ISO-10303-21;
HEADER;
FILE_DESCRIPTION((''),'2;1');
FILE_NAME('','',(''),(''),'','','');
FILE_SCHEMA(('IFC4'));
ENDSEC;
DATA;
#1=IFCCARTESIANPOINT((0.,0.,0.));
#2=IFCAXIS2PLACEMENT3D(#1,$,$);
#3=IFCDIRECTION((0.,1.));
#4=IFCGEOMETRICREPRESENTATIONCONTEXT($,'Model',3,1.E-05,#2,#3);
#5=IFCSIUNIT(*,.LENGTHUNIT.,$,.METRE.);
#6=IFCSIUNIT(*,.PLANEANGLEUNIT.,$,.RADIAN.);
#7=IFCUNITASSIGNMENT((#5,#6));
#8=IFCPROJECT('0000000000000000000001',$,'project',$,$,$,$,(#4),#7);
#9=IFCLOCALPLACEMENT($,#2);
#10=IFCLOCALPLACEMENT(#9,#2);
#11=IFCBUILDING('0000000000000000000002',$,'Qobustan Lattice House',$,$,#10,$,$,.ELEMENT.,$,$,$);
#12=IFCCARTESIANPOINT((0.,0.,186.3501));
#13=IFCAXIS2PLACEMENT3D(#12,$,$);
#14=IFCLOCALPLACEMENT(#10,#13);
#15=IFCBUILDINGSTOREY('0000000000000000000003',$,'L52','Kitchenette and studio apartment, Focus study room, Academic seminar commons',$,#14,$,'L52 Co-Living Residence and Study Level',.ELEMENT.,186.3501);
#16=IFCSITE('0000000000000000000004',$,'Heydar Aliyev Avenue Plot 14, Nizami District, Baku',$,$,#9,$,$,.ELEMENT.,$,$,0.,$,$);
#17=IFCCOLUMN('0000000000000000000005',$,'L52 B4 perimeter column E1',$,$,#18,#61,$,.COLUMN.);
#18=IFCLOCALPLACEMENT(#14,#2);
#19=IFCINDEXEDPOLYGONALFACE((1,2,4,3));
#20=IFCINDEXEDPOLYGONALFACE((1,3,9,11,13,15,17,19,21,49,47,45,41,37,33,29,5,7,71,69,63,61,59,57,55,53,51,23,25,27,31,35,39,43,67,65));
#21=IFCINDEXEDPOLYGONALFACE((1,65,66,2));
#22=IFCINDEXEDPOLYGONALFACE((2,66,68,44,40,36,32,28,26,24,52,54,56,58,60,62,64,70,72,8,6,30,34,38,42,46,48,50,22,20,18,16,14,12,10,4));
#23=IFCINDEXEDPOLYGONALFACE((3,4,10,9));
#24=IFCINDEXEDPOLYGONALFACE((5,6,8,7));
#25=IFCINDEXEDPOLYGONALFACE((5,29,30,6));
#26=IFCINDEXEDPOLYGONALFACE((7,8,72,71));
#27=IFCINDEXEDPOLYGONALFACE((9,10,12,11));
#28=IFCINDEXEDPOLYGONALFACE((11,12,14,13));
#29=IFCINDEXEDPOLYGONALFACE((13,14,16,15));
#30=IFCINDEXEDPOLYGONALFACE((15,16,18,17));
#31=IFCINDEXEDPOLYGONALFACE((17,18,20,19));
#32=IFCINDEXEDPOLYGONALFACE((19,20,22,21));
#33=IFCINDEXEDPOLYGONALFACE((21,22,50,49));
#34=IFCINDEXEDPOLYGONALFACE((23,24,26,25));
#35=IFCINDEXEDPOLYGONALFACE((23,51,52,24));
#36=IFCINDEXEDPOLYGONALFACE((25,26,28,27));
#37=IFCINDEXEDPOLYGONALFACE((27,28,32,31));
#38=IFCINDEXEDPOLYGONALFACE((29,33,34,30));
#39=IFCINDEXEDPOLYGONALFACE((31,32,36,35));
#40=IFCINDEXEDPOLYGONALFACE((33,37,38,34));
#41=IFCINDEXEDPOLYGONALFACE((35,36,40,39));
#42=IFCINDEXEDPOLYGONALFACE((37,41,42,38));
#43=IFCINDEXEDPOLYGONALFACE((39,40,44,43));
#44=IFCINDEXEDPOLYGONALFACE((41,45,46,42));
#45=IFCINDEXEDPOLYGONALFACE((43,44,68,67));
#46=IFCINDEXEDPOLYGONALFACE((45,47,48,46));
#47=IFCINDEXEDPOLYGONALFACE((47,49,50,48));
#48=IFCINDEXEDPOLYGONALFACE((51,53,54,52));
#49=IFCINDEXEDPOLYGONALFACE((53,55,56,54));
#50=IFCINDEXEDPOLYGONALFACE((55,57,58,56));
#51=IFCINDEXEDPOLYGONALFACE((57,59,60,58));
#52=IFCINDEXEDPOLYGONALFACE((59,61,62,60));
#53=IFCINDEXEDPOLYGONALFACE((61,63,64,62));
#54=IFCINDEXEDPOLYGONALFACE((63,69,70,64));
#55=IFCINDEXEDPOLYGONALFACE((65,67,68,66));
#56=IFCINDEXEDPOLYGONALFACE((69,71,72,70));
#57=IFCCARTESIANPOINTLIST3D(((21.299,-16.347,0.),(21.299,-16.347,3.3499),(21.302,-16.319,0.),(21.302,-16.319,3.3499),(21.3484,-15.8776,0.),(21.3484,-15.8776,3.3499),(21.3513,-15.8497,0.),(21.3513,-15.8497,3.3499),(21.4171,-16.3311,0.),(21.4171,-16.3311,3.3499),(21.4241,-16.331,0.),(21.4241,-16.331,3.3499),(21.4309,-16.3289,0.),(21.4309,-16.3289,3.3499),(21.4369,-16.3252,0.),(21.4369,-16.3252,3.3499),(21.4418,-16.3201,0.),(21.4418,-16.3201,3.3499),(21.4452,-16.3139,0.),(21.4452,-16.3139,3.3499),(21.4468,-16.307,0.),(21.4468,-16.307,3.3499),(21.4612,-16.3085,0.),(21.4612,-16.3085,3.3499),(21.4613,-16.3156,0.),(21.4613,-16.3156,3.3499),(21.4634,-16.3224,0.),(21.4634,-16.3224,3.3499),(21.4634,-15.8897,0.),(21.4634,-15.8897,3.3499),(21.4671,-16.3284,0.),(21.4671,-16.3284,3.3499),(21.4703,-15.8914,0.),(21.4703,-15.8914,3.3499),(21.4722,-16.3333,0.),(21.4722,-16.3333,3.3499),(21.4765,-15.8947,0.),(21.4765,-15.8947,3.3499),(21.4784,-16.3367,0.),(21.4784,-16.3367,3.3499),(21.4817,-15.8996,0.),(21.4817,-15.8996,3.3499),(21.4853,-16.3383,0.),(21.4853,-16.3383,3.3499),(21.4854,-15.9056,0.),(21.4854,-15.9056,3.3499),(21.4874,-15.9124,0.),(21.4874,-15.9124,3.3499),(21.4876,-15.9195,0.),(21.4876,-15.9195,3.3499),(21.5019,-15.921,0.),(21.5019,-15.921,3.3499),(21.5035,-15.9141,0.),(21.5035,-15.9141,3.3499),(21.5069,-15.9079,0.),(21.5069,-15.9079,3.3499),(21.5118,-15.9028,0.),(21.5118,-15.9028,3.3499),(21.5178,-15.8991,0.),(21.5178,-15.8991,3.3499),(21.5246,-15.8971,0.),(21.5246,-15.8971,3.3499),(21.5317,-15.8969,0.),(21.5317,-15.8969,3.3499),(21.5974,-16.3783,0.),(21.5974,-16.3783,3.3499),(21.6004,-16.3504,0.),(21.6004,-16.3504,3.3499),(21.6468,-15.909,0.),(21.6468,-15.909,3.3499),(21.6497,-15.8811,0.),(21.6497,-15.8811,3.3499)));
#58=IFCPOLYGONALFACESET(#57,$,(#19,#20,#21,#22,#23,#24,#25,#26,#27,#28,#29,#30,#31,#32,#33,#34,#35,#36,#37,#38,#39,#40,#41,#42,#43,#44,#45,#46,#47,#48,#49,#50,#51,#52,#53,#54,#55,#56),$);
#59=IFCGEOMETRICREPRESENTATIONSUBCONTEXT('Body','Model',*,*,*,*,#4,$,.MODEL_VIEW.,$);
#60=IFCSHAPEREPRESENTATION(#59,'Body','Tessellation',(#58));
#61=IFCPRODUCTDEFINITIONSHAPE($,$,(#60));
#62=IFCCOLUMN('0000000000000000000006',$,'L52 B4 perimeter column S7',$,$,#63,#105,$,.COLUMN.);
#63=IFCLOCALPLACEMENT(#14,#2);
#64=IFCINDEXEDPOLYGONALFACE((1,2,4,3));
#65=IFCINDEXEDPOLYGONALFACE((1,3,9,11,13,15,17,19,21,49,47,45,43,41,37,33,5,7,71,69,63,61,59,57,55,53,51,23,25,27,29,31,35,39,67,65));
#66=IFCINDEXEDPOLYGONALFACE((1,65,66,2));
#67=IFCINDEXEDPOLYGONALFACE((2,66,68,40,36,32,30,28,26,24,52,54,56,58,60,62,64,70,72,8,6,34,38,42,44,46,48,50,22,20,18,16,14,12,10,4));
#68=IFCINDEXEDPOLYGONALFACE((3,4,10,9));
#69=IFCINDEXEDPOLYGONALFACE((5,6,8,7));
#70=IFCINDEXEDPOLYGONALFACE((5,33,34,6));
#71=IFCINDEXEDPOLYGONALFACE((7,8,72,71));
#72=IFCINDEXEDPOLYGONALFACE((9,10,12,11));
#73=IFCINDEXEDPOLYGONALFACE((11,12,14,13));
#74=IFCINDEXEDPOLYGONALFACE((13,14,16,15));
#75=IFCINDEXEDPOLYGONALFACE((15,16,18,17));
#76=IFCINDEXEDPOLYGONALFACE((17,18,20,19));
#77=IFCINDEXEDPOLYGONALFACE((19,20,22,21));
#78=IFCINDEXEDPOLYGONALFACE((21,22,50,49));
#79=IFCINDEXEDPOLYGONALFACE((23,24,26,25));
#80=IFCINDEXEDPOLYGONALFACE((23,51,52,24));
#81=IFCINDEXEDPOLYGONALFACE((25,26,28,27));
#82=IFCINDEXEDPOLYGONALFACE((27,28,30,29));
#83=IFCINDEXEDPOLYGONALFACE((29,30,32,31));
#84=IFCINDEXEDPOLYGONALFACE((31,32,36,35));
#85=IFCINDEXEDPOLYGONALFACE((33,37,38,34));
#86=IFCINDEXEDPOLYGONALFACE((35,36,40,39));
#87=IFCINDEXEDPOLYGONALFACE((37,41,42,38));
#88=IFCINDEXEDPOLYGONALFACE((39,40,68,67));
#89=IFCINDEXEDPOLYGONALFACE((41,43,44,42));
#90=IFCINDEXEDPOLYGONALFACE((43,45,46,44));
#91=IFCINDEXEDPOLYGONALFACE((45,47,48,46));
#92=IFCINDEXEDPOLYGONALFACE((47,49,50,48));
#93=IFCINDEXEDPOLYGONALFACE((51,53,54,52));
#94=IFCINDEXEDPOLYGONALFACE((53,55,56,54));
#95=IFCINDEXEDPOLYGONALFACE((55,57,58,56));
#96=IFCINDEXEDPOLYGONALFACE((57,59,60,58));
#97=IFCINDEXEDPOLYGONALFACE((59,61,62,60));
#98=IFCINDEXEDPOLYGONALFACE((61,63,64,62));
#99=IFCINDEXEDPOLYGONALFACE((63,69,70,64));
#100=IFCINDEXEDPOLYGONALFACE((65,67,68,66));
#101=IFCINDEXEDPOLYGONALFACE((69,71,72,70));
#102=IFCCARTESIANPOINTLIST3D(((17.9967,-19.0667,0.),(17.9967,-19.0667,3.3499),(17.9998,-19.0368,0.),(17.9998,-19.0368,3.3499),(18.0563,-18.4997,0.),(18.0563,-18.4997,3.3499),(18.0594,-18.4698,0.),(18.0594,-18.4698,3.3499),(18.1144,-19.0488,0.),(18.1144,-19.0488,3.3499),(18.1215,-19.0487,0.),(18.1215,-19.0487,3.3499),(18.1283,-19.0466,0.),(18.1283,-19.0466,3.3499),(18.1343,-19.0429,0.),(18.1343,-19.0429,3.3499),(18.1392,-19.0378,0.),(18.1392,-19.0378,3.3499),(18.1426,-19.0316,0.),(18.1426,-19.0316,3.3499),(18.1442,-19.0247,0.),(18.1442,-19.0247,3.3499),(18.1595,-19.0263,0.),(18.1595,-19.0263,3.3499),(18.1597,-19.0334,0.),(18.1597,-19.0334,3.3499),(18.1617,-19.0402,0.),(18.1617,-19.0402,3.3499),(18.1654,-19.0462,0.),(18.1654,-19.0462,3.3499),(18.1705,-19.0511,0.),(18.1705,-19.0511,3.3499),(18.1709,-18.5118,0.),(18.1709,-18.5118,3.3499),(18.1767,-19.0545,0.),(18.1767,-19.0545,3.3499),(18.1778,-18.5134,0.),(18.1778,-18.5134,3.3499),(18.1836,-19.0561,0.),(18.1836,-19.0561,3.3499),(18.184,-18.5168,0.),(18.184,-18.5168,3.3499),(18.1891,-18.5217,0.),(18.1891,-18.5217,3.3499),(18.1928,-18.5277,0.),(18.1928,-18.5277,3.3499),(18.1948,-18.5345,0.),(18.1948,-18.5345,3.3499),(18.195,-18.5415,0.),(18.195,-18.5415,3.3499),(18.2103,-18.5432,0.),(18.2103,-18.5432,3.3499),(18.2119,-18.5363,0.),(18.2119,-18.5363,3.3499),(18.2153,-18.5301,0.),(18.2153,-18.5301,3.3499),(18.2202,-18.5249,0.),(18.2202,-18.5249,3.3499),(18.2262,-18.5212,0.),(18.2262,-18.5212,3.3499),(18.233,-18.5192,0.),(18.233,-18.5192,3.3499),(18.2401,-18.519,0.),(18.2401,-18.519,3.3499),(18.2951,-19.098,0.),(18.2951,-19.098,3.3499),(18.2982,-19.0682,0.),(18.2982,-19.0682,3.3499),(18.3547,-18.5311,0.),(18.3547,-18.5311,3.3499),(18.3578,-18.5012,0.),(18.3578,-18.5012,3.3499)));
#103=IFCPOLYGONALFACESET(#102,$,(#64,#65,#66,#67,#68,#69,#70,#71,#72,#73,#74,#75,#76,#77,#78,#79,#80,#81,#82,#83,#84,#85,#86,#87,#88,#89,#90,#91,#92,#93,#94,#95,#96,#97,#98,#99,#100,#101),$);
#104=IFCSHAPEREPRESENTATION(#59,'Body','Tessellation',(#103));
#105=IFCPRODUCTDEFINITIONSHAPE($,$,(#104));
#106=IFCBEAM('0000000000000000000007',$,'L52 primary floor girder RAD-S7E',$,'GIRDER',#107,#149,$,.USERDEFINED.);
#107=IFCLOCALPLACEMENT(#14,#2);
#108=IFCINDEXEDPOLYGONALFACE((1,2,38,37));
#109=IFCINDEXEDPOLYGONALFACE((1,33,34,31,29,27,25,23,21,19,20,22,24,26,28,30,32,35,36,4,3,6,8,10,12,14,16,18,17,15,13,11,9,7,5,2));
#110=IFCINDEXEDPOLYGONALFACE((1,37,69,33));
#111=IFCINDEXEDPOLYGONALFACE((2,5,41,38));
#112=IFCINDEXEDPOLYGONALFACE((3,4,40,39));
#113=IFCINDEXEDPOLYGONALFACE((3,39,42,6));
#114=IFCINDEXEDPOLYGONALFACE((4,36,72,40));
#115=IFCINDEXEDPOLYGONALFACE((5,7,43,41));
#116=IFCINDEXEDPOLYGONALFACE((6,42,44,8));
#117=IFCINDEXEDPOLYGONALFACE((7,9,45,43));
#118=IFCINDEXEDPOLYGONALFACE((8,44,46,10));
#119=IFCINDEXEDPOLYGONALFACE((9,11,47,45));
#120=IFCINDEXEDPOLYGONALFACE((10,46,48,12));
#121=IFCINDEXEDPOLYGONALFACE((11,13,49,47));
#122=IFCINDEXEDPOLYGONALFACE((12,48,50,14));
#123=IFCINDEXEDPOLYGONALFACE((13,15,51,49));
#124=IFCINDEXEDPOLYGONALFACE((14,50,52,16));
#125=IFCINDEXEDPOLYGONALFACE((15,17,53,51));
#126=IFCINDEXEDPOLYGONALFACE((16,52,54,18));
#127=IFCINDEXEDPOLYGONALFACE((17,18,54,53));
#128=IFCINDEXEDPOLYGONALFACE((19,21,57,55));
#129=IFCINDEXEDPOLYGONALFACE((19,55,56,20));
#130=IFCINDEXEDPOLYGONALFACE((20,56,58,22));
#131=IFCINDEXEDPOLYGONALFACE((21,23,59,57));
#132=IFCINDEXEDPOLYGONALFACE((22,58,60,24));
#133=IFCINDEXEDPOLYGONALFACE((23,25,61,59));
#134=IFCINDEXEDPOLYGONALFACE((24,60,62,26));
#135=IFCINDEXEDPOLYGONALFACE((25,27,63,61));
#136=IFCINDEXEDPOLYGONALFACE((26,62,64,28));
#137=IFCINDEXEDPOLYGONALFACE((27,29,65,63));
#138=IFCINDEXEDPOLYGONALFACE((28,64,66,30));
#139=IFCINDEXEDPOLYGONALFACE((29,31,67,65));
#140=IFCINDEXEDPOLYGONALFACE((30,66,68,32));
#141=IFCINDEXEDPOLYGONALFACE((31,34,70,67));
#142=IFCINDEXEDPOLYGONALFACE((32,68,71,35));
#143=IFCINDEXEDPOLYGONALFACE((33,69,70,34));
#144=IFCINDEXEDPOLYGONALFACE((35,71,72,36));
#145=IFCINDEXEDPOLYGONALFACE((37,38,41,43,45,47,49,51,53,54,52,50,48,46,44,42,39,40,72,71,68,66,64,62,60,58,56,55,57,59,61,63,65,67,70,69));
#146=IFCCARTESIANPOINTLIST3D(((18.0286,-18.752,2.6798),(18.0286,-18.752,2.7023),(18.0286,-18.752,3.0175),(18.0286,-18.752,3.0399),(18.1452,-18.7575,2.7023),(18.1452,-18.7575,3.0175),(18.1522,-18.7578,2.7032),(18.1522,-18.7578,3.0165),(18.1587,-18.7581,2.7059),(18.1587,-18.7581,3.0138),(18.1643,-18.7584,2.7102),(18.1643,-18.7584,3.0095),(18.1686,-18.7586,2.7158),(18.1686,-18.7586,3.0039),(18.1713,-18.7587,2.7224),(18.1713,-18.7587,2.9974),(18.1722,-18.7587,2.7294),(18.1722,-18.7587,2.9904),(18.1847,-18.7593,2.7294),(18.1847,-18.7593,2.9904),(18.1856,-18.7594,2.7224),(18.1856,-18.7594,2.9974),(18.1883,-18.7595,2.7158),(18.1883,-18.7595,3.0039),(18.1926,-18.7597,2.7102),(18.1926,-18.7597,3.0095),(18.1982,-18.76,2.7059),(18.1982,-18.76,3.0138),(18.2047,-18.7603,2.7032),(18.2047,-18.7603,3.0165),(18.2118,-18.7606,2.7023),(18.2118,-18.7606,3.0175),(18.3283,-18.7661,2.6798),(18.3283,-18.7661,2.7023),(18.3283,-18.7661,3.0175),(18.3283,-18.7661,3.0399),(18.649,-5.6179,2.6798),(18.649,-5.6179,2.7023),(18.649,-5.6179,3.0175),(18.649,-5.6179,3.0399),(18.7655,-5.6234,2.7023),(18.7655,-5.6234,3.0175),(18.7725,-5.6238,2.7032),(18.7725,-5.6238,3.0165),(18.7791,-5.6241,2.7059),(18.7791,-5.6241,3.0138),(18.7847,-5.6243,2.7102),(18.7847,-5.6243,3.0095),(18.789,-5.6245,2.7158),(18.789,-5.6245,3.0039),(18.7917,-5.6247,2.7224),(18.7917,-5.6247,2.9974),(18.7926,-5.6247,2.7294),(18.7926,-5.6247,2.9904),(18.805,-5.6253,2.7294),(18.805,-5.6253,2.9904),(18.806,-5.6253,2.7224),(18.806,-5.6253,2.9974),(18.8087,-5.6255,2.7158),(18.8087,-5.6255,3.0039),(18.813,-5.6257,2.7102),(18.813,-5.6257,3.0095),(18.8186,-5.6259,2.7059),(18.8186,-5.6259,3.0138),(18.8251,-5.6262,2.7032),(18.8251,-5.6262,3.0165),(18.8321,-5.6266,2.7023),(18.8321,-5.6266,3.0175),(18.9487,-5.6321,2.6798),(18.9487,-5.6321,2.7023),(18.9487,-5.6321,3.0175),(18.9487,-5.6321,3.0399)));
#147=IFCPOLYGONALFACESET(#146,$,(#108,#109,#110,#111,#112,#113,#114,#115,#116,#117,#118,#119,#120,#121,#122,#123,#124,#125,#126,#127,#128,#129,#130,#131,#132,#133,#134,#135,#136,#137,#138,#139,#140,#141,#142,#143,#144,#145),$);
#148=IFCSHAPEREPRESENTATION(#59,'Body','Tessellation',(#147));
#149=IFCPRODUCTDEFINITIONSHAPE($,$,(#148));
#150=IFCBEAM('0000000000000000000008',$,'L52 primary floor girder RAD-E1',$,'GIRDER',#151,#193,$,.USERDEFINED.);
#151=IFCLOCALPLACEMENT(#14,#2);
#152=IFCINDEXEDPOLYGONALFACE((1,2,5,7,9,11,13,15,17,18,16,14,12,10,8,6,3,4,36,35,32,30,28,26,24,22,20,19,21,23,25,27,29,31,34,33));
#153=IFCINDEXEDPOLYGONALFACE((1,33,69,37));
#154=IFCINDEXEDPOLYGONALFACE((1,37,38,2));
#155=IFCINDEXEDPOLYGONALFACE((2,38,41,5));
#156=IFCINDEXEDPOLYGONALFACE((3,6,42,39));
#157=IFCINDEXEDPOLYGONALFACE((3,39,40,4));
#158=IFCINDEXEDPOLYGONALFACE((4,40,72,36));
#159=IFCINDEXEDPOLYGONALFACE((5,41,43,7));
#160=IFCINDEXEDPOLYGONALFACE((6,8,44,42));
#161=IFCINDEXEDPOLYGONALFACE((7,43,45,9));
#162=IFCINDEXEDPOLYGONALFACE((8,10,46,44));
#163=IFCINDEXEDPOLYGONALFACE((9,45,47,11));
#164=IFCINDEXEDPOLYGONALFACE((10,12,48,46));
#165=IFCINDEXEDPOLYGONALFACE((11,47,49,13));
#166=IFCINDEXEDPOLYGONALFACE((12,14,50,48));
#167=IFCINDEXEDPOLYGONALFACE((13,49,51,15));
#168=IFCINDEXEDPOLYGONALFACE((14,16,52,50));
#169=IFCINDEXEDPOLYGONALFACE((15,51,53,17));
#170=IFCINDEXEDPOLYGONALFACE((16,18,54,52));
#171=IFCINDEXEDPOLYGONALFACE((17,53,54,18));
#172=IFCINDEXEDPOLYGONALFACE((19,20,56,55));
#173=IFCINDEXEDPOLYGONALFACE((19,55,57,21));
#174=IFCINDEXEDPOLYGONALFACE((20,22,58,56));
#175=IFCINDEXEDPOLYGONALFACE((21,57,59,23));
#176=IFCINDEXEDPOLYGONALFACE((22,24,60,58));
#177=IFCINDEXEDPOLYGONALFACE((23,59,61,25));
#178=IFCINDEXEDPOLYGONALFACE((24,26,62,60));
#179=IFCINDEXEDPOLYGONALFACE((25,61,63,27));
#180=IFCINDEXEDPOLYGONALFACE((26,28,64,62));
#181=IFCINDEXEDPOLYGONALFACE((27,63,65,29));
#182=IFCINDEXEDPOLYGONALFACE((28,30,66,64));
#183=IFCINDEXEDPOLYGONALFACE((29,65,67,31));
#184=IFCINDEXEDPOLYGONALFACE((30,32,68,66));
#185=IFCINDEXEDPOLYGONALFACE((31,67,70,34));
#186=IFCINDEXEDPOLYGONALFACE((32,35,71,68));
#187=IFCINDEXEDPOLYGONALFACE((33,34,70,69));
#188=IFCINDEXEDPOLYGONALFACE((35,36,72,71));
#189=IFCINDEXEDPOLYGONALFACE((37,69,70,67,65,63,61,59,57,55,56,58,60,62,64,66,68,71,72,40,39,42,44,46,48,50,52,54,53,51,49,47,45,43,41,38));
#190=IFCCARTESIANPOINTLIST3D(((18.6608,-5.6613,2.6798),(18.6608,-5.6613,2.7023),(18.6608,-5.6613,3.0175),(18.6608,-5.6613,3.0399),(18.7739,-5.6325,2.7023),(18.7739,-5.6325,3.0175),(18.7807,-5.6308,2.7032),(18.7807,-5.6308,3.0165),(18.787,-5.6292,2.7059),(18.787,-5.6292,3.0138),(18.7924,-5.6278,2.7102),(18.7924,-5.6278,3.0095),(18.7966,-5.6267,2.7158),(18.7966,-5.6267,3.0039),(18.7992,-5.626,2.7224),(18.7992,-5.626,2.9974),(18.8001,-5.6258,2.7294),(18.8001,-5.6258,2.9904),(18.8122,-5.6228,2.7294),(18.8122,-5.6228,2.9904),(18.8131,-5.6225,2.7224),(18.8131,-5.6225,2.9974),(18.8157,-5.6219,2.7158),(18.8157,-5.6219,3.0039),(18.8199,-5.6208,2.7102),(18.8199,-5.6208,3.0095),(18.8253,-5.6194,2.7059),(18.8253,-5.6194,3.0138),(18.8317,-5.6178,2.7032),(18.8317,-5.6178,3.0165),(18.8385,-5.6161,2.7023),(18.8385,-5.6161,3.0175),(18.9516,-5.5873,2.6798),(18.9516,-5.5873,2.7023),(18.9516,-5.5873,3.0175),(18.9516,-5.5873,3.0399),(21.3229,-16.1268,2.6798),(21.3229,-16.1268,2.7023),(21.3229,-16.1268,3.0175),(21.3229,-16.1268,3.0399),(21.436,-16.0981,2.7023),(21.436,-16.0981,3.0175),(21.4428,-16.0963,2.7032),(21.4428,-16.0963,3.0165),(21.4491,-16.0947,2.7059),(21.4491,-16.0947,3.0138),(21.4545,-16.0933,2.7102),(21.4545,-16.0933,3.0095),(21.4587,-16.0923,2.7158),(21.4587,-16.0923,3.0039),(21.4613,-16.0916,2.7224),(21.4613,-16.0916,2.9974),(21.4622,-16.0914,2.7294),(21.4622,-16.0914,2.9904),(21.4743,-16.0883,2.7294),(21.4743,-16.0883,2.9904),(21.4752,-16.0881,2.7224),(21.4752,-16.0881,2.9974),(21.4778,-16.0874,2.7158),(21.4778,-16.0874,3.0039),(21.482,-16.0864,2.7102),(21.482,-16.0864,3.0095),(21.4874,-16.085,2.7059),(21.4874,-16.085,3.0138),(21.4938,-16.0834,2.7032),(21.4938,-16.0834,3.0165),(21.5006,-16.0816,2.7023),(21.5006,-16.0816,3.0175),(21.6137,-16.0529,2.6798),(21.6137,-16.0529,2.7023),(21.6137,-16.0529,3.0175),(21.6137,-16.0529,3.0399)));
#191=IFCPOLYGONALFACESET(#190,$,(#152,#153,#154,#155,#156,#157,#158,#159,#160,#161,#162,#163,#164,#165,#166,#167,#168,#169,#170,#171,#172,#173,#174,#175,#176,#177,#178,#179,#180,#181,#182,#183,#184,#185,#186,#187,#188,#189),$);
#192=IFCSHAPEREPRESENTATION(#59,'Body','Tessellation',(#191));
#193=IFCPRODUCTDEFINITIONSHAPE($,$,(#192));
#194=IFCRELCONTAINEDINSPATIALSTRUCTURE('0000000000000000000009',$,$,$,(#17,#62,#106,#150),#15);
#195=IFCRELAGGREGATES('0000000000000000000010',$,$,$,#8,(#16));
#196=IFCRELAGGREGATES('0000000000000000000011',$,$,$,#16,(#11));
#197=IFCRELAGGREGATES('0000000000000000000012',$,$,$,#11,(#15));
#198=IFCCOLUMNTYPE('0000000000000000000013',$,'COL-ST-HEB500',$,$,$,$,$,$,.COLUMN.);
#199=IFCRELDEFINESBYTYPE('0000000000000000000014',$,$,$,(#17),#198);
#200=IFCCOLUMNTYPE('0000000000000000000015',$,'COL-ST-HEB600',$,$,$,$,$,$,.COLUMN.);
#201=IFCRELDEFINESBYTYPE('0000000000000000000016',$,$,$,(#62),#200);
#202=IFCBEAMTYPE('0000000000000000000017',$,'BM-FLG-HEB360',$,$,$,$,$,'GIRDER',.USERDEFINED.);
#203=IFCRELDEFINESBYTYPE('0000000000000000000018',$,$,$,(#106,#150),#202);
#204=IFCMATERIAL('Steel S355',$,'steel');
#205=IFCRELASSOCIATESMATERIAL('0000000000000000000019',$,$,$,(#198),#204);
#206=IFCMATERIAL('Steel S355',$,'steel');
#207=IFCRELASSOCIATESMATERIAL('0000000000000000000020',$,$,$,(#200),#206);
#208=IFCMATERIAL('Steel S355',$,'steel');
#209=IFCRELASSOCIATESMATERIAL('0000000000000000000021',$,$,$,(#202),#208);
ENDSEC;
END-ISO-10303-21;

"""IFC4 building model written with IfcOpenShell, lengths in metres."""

from ifc_helpers import new_model, si_unit, direction, frame, origin, origin_2d, place, context, subcontext, project, spatial, i_section, extrude, material, material_profile, profile_set, type_object, element, save


model = new_model("IFC4")

# Units and contexts
model_context = context("Model", 3, precision=1e-05, world=origin(), true_north=direction((0.0, 1.0)))
body_context = subcontext(model_context, "Body", "Model", "MODEL_VIEW")
ifc_project = project(units=[si_unit("LENGTHUNIT", "METRE"), si_unit("PLANEANGLEUNIT", "RADIAN")], contexts=[model_context])

# Site, building, storey
site_placement = place(None, origin())
site = spatial("IfcSite", under=ifc_project, at=site_placement, Name="Heydar Aliyev Avenue Plot 14, Nizami District, Baku", CompositionType="ELEMENT", RefElevation=0.0)
building_placement = place(site_placement, origin())
building = spatial("IfcBuilding", under=site, at=building_placement, Name="Qobustan Lattice House", CompositionType="ELEMENT")
storey_placement = place(building_placement, frame((0.0, 0.0, 186.3501)))
storey = spatial("IfcBuildingStorey", under=building, at=storey_placement, Name="L52", Description="Kitchenette and studio apartment, Focus study room, Academic seminar commons", LongName="L52 Co-Living Residence and Study Level", CompositionType="ELEMENT", Elevation=186.3501)

# Columns
ifc_material_1 = material(Name="Steel S355", Category="steel")
ifc_material_profile_1 = material_profile(ifc_material_1, i_section(OverallWidth=0.3, OverallDepth=0.5, WebThickness=0.0144, FlangeThickness=0.0281, FilletRadius=0.0271, at=origin_2d()), Name="HEB500")
ifc_profile_set_1 = profile_set([ifc_material_profile_1], Name="Steel S355")
column_type_1 = type_object("IfcColumnType", Name="COL-ST-HEB500", PredefinedType="COLUMN", material=ifc_profile_set_1)
column_1_placement = place(storey_placement, frame((21.4744, -16.114, 0.0), z_axis=(0.0, 0.0, 1.0), x_axis=(0.994522, -0.104528, 0.0)))
element("IfcColumn", 1, at=column_1_placement, inside=storey, type_object=column_type_1, Name="L52 B4 perimeter column E1", PredefinedType="COLUMN", context=body_context, shape_type="SweptSolid", body=[
    extrude(i_section(OverallWidth=0.3, OverallDepth=0.5, WebThickness=0.0144, FlangeThickness=0.0281, FilletRadius=0.0271, at=origin_2d()), origin(), (0.0, 0.0, 1.0), 3.3499),
])
ifc_material_2 = material(Name="Steel S355", Category="steel")
ifc_material_profile_2 = material_profile(ifc_material_2, i_section(OverallWidth=0.3, OverallDepth=0.6001, WebThickness=0.0154, FlangeThickness=0.03, FilletRadius=0.0271, at=origin_2d()), Name="HEB600")
ifc_profile_set_2 = profile_set([ifc_material_profile_2], Name="Steel S355")
column_type_2 = type_object("IfcColumnType", Name="COL-ST-HEB600", PredefinedType="COLUMN", material=ifc_profile_set_2)
column_2_placement = place(storey_placement, frame((18.1772, -18.7839, 0.0), z_axis=(0.0, 0.0, 1.0), x_axis=(0.994522, -0.104528, 0.0)))
element("IfcColumn", 2, at=column_2_placement, inside=storey, type_object=column_type_2, Name="L52 B4 perimeter column S7", PredefinedType="COLUMN", context=body_context, shape_type="SweptSolid", body=[
    extrude(i_section(OverallWidth=0.3, OverallDepth=0.6001, WebThickness=0.0154, FlangeThickness=0.03, FilletRadius=0.0271, at=origin_2d()), origin(), (0.0, 0.0, 1.0), 3.3499),
])

# Beams
ifc_material_3 = material(Name="Steel S355", Category="steel")
ifc_material_profile_3 = material_profile(ifc_material_3, i_section(OverallWidth=0.3, OverallDepth=0.3601, WebThickness=0.0125, FlangeThickness=0.0225, FilletRadius=0.0271, at=origin_2d()), Name="HEB360")
ifc_profile_set_3 = profile_set([ifc_material_profile_3], Name="Steel S355")
beam_type_1 = type_object("IfcBeamType", Name="BM-FLG-HEB360", ElementType="GIRDER", PredefinedType="USERDEFINED", material=ifc_profile_set_3)
beam_1_placement = place(storey_placement, frame((18.1785, -18.759, 2.8599), z_axis=(0.047181, 0.998886, 0.0), x_axis=(-0.998886, 0.047181, 0.0)))
element("IfcBeam", 3, at=beam_1_placement, inside=storey, type_object=beam_type_1, Name="L52 primary floor girder RAD-S7E", ObjectType="GIRDER", PredefinedType="USERDEFINED", context=body_context, shape_type="SweptSolid", body=[
    extrude(i_section(OverallWidth=0.3, OverallDepth=0.3601, WebThickness=0.0125, FlangeThickness=0.0225, FilletRadius=0.0271, at=origin_2d()), origin(), (0.0, 0.0, 1.0), 13.1487),
])
beam_2_placement = place(storey_placement, frame((21.4683, -16.0898, 2.8599), z_axis=(-0.246518, 0.969138, 0.0), x_axis=(-0.969138, -0.246518, 0.0)))
element("IfcBeam", 4, at=beam_2_placement, inside=storey, type_object=beam_type_1, Name="L52 primary floor girder RAD-E1", ObjectType="GIRDER", PredefinedType="USERDEFINED", context=body_context, shape_type="SweptSolid", body=[
    extrude(i_section(OverallWidth=0.3, OverallDepth=0.3601, WebThickness=0.0125, FlangeThickness=0.0225, FilletRadius=0.0271, at=origin_2d()), origin(), (0.0, 0.0, 1.0), 10.7988),
])

save(model, "model.ifc")
